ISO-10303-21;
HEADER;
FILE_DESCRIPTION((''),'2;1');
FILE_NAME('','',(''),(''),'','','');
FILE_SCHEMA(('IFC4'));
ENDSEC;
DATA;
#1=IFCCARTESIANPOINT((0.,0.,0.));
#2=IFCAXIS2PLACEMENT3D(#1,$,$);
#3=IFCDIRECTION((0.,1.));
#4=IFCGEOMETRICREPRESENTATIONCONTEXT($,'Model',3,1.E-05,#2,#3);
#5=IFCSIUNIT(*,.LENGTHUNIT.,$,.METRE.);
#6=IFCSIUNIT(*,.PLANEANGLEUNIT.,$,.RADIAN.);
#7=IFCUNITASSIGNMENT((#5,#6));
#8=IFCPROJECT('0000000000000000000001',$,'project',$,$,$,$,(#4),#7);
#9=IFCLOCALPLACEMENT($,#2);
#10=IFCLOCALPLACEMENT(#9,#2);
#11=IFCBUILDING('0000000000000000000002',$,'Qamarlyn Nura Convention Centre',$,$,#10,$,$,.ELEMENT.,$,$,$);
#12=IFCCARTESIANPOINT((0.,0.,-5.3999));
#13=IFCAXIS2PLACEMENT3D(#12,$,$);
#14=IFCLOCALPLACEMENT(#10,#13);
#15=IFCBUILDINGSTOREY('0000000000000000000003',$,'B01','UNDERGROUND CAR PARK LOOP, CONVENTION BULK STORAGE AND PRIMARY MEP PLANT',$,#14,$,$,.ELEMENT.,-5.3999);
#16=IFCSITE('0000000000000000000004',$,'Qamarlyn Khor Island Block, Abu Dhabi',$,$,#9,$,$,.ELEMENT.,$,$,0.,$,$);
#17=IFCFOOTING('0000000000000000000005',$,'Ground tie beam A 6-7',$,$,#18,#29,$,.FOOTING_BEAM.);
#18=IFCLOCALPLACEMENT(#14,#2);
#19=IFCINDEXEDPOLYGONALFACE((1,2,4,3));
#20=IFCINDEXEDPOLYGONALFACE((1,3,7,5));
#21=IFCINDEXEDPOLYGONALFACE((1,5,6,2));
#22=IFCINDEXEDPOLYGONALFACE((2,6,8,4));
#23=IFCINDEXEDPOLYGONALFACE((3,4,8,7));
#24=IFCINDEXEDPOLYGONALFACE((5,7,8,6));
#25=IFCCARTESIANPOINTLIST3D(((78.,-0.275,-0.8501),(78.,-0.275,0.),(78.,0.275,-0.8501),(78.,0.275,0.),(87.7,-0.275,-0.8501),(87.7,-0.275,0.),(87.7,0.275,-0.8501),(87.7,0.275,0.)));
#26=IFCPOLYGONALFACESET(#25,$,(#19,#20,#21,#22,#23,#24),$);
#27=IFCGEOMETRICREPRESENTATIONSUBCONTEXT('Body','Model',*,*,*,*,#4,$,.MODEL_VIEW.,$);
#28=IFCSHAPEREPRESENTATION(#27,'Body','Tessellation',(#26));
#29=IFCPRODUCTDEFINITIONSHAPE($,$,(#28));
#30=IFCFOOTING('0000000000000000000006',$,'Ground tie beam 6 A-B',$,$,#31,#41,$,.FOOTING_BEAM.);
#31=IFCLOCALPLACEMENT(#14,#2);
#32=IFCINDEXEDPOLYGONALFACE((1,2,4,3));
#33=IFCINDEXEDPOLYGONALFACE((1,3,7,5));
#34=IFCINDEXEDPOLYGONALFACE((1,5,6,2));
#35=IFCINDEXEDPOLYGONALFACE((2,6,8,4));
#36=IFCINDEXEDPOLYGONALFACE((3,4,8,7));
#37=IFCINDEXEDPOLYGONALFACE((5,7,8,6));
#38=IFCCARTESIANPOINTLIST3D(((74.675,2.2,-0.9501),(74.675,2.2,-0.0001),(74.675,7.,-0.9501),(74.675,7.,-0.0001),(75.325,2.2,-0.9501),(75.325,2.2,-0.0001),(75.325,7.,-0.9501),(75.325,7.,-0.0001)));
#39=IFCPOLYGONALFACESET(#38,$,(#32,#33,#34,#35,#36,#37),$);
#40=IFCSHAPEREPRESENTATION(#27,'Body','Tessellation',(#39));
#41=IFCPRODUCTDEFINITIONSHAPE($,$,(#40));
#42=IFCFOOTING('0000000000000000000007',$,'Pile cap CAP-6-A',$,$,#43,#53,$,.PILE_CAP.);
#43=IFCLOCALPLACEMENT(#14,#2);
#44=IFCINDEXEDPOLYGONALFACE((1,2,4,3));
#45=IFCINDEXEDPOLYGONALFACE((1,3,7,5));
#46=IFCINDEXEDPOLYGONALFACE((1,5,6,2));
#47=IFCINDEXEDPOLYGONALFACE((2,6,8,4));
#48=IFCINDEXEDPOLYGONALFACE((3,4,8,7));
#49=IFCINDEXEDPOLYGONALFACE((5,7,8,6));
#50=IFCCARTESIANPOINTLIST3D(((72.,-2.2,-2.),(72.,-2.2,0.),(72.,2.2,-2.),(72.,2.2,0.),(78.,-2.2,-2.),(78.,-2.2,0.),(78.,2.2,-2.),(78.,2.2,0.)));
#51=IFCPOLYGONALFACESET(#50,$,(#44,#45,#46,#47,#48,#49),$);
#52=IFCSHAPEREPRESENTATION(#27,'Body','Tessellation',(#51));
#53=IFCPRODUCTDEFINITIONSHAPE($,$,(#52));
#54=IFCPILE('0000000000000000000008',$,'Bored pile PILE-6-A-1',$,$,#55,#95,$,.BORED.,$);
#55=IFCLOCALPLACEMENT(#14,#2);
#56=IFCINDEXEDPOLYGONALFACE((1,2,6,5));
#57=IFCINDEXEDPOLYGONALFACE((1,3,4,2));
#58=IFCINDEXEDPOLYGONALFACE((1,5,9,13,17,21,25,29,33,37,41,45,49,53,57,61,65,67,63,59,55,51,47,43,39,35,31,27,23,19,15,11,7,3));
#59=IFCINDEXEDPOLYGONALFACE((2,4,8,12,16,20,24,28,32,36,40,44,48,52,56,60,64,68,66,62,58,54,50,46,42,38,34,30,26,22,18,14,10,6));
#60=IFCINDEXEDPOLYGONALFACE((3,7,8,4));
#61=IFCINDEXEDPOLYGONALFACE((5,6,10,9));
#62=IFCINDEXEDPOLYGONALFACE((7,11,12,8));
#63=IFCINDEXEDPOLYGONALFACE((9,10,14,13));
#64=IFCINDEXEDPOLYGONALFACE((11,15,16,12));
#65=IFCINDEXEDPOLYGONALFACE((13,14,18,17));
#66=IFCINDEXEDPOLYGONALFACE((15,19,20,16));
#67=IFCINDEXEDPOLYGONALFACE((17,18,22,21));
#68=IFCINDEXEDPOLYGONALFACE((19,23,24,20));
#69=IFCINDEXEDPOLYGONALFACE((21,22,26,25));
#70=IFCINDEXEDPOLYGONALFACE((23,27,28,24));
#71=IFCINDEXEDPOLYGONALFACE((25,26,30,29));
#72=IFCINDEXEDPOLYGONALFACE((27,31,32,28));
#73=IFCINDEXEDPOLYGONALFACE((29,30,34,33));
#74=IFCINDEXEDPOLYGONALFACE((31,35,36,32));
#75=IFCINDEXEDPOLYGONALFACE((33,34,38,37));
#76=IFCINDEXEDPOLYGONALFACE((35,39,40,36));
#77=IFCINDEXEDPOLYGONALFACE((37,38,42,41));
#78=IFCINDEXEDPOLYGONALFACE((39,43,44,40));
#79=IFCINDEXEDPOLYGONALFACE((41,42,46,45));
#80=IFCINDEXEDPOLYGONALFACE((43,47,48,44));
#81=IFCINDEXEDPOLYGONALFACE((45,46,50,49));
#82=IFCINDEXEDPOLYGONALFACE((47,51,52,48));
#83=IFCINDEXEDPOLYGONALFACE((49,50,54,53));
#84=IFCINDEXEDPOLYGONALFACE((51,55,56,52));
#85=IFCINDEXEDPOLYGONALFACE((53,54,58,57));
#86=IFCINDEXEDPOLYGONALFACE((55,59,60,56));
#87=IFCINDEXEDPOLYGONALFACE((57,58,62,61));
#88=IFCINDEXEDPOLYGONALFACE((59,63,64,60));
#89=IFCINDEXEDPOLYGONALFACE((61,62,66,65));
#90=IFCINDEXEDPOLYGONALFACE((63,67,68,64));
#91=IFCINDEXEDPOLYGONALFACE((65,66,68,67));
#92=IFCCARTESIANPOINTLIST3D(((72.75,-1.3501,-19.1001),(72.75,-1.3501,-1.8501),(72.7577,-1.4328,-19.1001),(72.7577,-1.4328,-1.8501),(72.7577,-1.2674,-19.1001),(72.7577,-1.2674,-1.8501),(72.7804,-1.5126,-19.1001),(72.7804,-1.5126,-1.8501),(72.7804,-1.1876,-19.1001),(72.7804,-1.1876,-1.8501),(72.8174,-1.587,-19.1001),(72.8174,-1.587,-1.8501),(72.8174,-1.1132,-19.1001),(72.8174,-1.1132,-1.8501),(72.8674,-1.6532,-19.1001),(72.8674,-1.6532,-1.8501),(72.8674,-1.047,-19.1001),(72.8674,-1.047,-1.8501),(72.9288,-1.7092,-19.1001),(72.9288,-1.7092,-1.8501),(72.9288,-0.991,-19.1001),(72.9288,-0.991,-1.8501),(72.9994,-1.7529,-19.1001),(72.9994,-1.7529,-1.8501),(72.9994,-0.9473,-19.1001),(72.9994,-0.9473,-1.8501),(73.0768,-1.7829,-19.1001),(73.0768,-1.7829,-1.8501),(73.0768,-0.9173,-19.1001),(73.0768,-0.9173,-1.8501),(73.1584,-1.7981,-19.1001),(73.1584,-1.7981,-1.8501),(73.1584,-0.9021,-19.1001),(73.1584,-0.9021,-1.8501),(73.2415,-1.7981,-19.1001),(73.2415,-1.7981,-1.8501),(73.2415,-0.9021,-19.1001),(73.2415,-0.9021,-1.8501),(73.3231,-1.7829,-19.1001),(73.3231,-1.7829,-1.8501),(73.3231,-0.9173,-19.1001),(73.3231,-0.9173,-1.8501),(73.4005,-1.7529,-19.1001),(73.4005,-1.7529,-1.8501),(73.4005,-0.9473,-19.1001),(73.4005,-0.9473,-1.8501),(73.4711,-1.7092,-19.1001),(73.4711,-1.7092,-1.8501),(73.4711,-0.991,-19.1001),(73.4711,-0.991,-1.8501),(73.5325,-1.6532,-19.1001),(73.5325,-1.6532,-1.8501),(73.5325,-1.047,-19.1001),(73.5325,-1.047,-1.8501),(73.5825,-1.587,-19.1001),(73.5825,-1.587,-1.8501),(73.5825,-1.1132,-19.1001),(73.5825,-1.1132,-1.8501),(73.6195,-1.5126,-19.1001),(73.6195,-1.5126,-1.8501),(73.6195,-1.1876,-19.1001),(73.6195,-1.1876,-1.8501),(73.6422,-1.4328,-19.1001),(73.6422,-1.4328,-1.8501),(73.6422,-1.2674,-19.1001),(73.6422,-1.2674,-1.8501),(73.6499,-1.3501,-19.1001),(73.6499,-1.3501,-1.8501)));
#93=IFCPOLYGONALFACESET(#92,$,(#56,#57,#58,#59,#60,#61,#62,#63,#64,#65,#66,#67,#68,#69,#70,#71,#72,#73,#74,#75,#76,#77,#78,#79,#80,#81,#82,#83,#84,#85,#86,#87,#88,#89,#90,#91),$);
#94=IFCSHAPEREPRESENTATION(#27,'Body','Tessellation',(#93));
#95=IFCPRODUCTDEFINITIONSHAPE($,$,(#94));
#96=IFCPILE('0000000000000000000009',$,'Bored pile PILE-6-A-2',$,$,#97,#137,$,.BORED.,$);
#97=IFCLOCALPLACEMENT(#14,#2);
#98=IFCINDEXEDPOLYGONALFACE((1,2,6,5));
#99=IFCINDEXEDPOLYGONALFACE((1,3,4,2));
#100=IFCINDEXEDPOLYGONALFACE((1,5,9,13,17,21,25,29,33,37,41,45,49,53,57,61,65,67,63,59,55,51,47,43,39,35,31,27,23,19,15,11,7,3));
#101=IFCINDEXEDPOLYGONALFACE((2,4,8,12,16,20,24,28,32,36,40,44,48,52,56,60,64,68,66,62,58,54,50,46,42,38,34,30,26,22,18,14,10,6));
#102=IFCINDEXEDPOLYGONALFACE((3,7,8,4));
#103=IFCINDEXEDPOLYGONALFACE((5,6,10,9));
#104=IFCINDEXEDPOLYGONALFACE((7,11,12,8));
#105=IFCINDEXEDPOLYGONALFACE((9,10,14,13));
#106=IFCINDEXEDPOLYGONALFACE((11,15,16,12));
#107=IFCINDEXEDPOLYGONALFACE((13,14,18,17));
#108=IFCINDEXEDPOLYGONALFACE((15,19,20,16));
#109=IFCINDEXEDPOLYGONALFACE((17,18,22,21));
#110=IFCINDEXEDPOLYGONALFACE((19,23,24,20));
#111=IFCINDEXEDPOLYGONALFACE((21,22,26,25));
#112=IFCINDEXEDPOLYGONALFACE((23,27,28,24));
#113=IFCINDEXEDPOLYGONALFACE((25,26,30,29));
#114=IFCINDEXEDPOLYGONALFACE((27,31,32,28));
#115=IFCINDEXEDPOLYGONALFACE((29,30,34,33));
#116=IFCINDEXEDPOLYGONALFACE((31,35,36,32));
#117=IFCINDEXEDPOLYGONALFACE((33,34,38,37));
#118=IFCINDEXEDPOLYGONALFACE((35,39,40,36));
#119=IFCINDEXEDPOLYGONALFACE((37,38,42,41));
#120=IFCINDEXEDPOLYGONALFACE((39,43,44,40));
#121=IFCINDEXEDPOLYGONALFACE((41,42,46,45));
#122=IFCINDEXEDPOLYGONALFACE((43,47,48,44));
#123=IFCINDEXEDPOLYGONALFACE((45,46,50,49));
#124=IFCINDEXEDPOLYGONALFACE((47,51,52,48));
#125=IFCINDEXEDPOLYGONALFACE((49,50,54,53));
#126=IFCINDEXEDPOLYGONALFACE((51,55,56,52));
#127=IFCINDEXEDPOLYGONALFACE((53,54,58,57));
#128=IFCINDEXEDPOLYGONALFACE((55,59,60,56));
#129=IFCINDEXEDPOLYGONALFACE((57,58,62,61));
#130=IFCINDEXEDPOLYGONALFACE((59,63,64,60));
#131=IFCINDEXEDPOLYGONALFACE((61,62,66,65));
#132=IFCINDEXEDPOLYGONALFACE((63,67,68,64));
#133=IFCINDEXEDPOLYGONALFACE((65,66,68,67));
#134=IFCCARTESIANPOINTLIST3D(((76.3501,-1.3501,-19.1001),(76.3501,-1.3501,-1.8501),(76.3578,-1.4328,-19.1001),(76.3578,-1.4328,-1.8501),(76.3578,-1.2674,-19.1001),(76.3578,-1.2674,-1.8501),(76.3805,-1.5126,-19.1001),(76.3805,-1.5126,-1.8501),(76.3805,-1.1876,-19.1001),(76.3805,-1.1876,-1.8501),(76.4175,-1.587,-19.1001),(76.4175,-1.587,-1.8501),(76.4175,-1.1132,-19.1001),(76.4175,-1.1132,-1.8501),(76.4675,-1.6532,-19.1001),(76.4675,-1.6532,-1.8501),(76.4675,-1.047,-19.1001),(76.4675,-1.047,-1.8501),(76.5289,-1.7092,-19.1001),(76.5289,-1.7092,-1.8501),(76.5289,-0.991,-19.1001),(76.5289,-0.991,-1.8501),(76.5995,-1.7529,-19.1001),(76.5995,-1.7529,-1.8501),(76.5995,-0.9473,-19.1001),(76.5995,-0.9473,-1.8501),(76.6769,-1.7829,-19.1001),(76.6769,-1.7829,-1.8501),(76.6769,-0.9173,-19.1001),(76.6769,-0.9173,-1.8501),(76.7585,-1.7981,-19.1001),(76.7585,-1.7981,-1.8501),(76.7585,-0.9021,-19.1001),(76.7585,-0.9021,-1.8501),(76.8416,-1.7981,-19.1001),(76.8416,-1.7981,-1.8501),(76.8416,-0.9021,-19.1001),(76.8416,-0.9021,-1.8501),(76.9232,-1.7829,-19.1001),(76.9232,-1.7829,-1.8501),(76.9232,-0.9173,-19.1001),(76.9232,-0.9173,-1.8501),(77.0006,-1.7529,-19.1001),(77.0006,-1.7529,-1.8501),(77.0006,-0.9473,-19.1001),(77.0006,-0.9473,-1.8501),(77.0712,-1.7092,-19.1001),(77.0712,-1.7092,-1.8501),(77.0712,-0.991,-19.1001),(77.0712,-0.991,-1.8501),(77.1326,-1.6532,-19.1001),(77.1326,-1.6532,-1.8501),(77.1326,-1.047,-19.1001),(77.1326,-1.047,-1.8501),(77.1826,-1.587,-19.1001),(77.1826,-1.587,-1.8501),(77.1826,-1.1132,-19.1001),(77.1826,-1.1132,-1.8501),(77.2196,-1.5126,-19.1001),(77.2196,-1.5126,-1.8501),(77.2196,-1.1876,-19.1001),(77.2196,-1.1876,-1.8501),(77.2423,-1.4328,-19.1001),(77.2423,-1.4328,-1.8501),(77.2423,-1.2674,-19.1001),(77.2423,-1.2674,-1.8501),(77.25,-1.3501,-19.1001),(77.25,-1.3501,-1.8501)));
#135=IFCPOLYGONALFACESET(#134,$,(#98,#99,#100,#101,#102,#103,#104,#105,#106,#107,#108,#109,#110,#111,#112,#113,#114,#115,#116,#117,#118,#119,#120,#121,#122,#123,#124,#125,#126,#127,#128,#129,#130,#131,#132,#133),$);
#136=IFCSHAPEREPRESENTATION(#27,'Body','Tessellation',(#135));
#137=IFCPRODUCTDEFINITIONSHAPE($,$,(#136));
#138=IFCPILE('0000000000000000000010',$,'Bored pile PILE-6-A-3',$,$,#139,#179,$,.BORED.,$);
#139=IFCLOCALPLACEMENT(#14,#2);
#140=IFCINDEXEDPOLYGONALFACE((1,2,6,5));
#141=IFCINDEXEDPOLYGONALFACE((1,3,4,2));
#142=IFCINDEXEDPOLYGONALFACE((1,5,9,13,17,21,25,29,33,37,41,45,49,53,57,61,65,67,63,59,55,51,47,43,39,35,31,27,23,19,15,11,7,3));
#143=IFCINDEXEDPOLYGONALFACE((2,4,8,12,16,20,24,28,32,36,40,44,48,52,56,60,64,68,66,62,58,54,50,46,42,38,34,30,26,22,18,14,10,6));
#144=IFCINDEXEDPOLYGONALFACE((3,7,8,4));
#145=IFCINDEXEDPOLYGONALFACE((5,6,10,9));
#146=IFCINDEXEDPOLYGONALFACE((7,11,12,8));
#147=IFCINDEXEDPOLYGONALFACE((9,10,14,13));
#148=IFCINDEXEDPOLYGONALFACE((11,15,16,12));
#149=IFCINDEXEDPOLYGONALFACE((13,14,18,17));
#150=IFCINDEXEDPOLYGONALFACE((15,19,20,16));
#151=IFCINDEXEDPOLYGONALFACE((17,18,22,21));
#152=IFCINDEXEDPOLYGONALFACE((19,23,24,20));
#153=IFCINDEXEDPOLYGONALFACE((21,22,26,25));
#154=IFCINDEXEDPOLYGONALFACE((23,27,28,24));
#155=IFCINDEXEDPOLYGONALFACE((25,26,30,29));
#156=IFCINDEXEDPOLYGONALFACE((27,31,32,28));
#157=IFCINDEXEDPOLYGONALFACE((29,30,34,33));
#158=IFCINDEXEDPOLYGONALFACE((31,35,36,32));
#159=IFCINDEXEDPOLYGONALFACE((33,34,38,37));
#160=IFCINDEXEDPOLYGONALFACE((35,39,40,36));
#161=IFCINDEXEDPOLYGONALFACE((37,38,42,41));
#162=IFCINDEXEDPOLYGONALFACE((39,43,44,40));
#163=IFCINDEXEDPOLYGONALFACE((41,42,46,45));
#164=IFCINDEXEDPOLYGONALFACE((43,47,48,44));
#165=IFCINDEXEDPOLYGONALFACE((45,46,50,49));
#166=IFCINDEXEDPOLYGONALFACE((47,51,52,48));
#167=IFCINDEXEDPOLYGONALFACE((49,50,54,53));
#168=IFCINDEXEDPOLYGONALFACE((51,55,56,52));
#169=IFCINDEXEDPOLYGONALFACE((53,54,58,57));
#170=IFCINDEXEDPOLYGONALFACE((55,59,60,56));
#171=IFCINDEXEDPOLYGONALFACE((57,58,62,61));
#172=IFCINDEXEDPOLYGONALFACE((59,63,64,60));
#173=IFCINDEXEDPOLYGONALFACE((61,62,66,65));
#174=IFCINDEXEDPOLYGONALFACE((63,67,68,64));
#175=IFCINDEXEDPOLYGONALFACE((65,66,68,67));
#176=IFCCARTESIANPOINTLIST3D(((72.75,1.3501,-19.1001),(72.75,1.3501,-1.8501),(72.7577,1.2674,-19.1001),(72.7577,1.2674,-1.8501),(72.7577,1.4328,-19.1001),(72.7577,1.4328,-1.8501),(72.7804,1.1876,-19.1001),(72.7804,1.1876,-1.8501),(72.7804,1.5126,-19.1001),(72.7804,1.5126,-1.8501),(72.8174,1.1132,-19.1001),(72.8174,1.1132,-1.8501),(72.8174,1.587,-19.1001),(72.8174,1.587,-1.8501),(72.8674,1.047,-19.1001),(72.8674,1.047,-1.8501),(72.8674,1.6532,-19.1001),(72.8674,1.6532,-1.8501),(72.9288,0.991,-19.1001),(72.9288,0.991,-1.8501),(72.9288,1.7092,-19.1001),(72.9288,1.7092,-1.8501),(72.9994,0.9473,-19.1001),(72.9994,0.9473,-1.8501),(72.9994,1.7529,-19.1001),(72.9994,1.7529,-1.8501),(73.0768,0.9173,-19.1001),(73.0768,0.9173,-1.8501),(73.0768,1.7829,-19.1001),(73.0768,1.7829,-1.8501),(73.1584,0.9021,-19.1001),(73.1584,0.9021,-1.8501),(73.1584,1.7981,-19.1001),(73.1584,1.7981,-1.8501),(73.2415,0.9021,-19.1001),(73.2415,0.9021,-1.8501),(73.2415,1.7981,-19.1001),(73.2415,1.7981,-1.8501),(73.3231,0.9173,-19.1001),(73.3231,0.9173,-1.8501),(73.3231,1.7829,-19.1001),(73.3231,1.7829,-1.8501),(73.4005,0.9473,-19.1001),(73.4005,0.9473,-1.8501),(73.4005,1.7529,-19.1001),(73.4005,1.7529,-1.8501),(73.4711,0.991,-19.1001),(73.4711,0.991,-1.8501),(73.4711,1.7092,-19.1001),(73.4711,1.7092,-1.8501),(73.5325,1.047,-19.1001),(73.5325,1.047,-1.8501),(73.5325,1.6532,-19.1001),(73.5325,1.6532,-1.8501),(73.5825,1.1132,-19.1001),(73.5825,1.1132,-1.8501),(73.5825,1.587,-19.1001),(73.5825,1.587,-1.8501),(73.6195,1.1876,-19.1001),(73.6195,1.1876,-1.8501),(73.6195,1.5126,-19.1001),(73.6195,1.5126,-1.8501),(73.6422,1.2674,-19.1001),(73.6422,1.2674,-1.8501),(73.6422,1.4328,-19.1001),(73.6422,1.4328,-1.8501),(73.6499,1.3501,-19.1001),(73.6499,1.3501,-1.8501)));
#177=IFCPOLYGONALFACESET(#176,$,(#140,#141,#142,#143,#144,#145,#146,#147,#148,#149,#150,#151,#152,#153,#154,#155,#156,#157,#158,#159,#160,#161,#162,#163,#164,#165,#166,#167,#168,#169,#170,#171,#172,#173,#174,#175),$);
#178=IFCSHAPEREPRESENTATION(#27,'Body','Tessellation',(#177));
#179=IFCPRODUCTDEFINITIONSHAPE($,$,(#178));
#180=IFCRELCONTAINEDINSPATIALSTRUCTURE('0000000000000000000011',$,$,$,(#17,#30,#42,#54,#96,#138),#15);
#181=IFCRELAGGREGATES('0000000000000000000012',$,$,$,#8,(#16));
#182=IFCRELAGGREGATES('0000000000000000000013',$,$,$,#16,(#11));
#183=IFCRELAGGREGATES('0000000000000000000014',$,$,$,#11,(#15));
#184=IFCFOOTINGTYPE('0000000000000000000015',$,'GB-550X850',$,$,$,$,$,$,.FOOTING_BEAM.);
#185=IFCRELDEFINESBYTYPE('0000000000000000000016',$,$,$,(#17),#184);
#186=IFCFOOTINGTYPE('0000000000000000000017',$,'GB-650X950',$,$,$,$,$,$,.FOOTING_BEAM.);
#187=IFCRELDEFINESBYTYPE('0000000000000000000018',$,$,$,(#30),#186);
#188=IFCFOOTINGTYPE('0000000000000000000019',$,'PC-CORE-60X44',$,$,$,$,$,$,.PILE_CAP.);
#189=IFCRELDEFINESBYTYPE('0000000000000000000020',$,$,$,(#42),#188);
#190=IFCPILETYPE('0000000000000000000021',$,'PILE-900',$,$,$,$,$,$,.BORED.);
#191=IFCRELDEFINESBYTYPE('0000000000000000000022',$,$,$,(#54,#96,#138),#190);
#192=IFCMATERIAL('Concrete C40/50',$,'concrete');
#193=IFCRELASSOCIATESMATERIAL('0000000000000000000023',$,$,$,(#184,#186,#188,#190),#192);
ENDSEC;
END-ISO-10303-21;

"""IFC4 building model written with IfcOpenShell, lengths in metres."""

from ifc_helpers import new_model, si_unit, direction, frame, origin, origin_2d, place, context, subcontext, project, spatial, rectangle, circle, extrude, material, material_profile, profile_set, type_object, element, save


model = new_model("IFC4")

# Units and contexts
model_context = context("Model", 3, precision=1e-05, world=origin(), true_north=direction((0.0, 1.0)))
body_context = subcontext(model_context, "Body", "Model", "MODEL_VIEW")
ifc_project = project(units=[si_unit("LENGTHUNIT", "METRE"), si_unit("PLANEANGLEUNIT", "RADIAN")], contexts=[model_context])

# Site, building, storey
site_placement = place(None, origin())
site = spatial("IfcSite", under=ifc_project, at=site_placement, Name="Qamarlyn Khor Island Block, Abu Dhabi", CompositionType="ELEMENT", RefElevation=0.0)
building_placement = place(site_placement, origin())
building = spatial("IfcBuilding", under=site, at=building_placement, Name="Qamarlyn Nura Convention Centre", CompositionType="ELEMENT")
storey_placement = place(building_placement, frame((0.0, 0.0, -5.3999)))
storey = spatial("IfcBuildingStorey", under=building, at=storey_placement, Name="B01", Description="UNDERGROUND CAR PARK LOOP, CONVENTION BULK STORAGE AND PRIMARY MEP PLANT", CompositionType="ELEMENT", Elevation=-5.3999)

# Footings
ifc_material_1 = material(Name="Concrete C40/50", Category="concrete")
ifc_material_profile_1 = material_profile(ifc_material_1, rectangle(XDim=0.55, YDim=0.8501, at=origin_2d()), Name="RC GB 550x850")
ifc_profile_set_1 = profile_set([ifc_material_profile_1], Name="Concrete C40/50")
footing_type_1 = type_object("IfcFootingType", Name="GB-550X850", PredefinedType="FOOTING_BEAM", material=ifc_profile_set_1)
footing_1_placement = place(storey_placement, frame((78.0, 0.0, -0.425), z_axis=(1.0, 0.0, 0.0), x_axis=(0.0, 1.0, 0.0)))
element("IfcFooting", 1, at=footing_1_placement, inside=storey, type_object=footing_type_1, Name="Ground tie beam A 6-7", PredefinedType="FOOTING_BEAM", context=body_context, shape_type="SweptSolid", body=[
    extrude(rectangle(XDim=0.55, YDim=0.8501, at=origin_2d()), origin(), (0.0, 0.0, 1.0), 9.7),
])
ifc_material_profile_2 = material_profile(ifc_material_1, rectangle(XDim=0.6499, YDim=0.95, at=origin_2d()), Name="RC GB 650x950")
ifc_profile_set_2 = profile_set([ifc_material_profile_2], Name="Concrete C40/50")
footing_type_2 = type_object("IfcFootingType", Name="GB-650X950", PredefinedType="FOOTING_BEAM", material=ifc_profile_set_2)
footing_2_placement = place(storey_placement, frame((75.0, 2.2, -0.4751), z_axis=(0.0, 1.0, 0.0), x_axis=(-1.0, 0.0, 0.0)))
element("IfcFooting", 2, at=footing_2_placement, inside=storey, type_object=footing_type_2, Name="Ground tie beam 6 A-B", PredefinedType="FOOTING_BEAM", context=body_context, shape_type="SweptSolid", body=[
    extrude(rectangle(XDim=0.6499, YDim=0.95, at=origin_2d()), origin(), (0.0, 0.0, 1.0), 4.8),
])
footing_type_3 = type_object("IfcFootingType", Name="PC-CORE-60X44", PredefinedType="PILE_CAP", material=ifc_material_1)
footing_3_placement = place(storey_placement, frame((75.0, 0.0, -2.0), z_axis=(0.0, 0.0, 1.0), x_axis=(1.0, 0.0, 0.0)))
element("IfcFooting", 3, at=footing_3_placement, inside=storey, type_object=footing_type_3, Name="Pile cap CAP-6-A", PredefinedType="PILE_CAP", context=body_context, shape_type="SweptSolid", body=[
    extrude(rectangle(XDim=6.0, YDim=4.3999, at=origin_2d()), origin(), (0.0, 0.0, 1.0), 2.0),
])

# Piles
ifc_material_profile_3 = material_profile(ifc_material_1, circle(Radius=0.45, at=origin_2d()), Name="BORED PILE 900")
ifc_profile_set_3 = profile_set([ifc_material_profile_3], Name="Concrete C40/50")
pile_type = type_object("IfcPileType", Name="PILE-900", PredefinedType="BORED", material=ifc_profile_set_3)
for number, where, z_axis, x_axis, name in (
    (4, (73.2, -1.3501, -1.8501), (0.0, 0.0, -1.0), (1.0, 0.0, 0.0), "Bored pile PILE-6-A-1"),
    (5, (76.8, -1.3501, -1.8501), (0.0, 0.0, -1.0), (1.0, 0.0, 0.0), "Bored pile PILE-6-A-2"),
    (6, (73.2, 1.3501, -1.8501), (0.0, 0.0, -1.0), (1.0, 0.0, 0.0), "Bored pile PILE-6-A-3"),
):
    element("IfcPile", number, at=place(storey_placement, frame(where, z_axis=z_axis, x_axis=x_axis)), inside=storey, type_object=pile_type, Name=name, PredefinedType="BORED", context=body_context, shape_type="SweptSolid", body=[
        extrude(circle(Radius=0.45, at=origin_2d()), origin(), (0.0, 0.0, 1.0), 17.25),
    ])

save(model, "model.ifc")
